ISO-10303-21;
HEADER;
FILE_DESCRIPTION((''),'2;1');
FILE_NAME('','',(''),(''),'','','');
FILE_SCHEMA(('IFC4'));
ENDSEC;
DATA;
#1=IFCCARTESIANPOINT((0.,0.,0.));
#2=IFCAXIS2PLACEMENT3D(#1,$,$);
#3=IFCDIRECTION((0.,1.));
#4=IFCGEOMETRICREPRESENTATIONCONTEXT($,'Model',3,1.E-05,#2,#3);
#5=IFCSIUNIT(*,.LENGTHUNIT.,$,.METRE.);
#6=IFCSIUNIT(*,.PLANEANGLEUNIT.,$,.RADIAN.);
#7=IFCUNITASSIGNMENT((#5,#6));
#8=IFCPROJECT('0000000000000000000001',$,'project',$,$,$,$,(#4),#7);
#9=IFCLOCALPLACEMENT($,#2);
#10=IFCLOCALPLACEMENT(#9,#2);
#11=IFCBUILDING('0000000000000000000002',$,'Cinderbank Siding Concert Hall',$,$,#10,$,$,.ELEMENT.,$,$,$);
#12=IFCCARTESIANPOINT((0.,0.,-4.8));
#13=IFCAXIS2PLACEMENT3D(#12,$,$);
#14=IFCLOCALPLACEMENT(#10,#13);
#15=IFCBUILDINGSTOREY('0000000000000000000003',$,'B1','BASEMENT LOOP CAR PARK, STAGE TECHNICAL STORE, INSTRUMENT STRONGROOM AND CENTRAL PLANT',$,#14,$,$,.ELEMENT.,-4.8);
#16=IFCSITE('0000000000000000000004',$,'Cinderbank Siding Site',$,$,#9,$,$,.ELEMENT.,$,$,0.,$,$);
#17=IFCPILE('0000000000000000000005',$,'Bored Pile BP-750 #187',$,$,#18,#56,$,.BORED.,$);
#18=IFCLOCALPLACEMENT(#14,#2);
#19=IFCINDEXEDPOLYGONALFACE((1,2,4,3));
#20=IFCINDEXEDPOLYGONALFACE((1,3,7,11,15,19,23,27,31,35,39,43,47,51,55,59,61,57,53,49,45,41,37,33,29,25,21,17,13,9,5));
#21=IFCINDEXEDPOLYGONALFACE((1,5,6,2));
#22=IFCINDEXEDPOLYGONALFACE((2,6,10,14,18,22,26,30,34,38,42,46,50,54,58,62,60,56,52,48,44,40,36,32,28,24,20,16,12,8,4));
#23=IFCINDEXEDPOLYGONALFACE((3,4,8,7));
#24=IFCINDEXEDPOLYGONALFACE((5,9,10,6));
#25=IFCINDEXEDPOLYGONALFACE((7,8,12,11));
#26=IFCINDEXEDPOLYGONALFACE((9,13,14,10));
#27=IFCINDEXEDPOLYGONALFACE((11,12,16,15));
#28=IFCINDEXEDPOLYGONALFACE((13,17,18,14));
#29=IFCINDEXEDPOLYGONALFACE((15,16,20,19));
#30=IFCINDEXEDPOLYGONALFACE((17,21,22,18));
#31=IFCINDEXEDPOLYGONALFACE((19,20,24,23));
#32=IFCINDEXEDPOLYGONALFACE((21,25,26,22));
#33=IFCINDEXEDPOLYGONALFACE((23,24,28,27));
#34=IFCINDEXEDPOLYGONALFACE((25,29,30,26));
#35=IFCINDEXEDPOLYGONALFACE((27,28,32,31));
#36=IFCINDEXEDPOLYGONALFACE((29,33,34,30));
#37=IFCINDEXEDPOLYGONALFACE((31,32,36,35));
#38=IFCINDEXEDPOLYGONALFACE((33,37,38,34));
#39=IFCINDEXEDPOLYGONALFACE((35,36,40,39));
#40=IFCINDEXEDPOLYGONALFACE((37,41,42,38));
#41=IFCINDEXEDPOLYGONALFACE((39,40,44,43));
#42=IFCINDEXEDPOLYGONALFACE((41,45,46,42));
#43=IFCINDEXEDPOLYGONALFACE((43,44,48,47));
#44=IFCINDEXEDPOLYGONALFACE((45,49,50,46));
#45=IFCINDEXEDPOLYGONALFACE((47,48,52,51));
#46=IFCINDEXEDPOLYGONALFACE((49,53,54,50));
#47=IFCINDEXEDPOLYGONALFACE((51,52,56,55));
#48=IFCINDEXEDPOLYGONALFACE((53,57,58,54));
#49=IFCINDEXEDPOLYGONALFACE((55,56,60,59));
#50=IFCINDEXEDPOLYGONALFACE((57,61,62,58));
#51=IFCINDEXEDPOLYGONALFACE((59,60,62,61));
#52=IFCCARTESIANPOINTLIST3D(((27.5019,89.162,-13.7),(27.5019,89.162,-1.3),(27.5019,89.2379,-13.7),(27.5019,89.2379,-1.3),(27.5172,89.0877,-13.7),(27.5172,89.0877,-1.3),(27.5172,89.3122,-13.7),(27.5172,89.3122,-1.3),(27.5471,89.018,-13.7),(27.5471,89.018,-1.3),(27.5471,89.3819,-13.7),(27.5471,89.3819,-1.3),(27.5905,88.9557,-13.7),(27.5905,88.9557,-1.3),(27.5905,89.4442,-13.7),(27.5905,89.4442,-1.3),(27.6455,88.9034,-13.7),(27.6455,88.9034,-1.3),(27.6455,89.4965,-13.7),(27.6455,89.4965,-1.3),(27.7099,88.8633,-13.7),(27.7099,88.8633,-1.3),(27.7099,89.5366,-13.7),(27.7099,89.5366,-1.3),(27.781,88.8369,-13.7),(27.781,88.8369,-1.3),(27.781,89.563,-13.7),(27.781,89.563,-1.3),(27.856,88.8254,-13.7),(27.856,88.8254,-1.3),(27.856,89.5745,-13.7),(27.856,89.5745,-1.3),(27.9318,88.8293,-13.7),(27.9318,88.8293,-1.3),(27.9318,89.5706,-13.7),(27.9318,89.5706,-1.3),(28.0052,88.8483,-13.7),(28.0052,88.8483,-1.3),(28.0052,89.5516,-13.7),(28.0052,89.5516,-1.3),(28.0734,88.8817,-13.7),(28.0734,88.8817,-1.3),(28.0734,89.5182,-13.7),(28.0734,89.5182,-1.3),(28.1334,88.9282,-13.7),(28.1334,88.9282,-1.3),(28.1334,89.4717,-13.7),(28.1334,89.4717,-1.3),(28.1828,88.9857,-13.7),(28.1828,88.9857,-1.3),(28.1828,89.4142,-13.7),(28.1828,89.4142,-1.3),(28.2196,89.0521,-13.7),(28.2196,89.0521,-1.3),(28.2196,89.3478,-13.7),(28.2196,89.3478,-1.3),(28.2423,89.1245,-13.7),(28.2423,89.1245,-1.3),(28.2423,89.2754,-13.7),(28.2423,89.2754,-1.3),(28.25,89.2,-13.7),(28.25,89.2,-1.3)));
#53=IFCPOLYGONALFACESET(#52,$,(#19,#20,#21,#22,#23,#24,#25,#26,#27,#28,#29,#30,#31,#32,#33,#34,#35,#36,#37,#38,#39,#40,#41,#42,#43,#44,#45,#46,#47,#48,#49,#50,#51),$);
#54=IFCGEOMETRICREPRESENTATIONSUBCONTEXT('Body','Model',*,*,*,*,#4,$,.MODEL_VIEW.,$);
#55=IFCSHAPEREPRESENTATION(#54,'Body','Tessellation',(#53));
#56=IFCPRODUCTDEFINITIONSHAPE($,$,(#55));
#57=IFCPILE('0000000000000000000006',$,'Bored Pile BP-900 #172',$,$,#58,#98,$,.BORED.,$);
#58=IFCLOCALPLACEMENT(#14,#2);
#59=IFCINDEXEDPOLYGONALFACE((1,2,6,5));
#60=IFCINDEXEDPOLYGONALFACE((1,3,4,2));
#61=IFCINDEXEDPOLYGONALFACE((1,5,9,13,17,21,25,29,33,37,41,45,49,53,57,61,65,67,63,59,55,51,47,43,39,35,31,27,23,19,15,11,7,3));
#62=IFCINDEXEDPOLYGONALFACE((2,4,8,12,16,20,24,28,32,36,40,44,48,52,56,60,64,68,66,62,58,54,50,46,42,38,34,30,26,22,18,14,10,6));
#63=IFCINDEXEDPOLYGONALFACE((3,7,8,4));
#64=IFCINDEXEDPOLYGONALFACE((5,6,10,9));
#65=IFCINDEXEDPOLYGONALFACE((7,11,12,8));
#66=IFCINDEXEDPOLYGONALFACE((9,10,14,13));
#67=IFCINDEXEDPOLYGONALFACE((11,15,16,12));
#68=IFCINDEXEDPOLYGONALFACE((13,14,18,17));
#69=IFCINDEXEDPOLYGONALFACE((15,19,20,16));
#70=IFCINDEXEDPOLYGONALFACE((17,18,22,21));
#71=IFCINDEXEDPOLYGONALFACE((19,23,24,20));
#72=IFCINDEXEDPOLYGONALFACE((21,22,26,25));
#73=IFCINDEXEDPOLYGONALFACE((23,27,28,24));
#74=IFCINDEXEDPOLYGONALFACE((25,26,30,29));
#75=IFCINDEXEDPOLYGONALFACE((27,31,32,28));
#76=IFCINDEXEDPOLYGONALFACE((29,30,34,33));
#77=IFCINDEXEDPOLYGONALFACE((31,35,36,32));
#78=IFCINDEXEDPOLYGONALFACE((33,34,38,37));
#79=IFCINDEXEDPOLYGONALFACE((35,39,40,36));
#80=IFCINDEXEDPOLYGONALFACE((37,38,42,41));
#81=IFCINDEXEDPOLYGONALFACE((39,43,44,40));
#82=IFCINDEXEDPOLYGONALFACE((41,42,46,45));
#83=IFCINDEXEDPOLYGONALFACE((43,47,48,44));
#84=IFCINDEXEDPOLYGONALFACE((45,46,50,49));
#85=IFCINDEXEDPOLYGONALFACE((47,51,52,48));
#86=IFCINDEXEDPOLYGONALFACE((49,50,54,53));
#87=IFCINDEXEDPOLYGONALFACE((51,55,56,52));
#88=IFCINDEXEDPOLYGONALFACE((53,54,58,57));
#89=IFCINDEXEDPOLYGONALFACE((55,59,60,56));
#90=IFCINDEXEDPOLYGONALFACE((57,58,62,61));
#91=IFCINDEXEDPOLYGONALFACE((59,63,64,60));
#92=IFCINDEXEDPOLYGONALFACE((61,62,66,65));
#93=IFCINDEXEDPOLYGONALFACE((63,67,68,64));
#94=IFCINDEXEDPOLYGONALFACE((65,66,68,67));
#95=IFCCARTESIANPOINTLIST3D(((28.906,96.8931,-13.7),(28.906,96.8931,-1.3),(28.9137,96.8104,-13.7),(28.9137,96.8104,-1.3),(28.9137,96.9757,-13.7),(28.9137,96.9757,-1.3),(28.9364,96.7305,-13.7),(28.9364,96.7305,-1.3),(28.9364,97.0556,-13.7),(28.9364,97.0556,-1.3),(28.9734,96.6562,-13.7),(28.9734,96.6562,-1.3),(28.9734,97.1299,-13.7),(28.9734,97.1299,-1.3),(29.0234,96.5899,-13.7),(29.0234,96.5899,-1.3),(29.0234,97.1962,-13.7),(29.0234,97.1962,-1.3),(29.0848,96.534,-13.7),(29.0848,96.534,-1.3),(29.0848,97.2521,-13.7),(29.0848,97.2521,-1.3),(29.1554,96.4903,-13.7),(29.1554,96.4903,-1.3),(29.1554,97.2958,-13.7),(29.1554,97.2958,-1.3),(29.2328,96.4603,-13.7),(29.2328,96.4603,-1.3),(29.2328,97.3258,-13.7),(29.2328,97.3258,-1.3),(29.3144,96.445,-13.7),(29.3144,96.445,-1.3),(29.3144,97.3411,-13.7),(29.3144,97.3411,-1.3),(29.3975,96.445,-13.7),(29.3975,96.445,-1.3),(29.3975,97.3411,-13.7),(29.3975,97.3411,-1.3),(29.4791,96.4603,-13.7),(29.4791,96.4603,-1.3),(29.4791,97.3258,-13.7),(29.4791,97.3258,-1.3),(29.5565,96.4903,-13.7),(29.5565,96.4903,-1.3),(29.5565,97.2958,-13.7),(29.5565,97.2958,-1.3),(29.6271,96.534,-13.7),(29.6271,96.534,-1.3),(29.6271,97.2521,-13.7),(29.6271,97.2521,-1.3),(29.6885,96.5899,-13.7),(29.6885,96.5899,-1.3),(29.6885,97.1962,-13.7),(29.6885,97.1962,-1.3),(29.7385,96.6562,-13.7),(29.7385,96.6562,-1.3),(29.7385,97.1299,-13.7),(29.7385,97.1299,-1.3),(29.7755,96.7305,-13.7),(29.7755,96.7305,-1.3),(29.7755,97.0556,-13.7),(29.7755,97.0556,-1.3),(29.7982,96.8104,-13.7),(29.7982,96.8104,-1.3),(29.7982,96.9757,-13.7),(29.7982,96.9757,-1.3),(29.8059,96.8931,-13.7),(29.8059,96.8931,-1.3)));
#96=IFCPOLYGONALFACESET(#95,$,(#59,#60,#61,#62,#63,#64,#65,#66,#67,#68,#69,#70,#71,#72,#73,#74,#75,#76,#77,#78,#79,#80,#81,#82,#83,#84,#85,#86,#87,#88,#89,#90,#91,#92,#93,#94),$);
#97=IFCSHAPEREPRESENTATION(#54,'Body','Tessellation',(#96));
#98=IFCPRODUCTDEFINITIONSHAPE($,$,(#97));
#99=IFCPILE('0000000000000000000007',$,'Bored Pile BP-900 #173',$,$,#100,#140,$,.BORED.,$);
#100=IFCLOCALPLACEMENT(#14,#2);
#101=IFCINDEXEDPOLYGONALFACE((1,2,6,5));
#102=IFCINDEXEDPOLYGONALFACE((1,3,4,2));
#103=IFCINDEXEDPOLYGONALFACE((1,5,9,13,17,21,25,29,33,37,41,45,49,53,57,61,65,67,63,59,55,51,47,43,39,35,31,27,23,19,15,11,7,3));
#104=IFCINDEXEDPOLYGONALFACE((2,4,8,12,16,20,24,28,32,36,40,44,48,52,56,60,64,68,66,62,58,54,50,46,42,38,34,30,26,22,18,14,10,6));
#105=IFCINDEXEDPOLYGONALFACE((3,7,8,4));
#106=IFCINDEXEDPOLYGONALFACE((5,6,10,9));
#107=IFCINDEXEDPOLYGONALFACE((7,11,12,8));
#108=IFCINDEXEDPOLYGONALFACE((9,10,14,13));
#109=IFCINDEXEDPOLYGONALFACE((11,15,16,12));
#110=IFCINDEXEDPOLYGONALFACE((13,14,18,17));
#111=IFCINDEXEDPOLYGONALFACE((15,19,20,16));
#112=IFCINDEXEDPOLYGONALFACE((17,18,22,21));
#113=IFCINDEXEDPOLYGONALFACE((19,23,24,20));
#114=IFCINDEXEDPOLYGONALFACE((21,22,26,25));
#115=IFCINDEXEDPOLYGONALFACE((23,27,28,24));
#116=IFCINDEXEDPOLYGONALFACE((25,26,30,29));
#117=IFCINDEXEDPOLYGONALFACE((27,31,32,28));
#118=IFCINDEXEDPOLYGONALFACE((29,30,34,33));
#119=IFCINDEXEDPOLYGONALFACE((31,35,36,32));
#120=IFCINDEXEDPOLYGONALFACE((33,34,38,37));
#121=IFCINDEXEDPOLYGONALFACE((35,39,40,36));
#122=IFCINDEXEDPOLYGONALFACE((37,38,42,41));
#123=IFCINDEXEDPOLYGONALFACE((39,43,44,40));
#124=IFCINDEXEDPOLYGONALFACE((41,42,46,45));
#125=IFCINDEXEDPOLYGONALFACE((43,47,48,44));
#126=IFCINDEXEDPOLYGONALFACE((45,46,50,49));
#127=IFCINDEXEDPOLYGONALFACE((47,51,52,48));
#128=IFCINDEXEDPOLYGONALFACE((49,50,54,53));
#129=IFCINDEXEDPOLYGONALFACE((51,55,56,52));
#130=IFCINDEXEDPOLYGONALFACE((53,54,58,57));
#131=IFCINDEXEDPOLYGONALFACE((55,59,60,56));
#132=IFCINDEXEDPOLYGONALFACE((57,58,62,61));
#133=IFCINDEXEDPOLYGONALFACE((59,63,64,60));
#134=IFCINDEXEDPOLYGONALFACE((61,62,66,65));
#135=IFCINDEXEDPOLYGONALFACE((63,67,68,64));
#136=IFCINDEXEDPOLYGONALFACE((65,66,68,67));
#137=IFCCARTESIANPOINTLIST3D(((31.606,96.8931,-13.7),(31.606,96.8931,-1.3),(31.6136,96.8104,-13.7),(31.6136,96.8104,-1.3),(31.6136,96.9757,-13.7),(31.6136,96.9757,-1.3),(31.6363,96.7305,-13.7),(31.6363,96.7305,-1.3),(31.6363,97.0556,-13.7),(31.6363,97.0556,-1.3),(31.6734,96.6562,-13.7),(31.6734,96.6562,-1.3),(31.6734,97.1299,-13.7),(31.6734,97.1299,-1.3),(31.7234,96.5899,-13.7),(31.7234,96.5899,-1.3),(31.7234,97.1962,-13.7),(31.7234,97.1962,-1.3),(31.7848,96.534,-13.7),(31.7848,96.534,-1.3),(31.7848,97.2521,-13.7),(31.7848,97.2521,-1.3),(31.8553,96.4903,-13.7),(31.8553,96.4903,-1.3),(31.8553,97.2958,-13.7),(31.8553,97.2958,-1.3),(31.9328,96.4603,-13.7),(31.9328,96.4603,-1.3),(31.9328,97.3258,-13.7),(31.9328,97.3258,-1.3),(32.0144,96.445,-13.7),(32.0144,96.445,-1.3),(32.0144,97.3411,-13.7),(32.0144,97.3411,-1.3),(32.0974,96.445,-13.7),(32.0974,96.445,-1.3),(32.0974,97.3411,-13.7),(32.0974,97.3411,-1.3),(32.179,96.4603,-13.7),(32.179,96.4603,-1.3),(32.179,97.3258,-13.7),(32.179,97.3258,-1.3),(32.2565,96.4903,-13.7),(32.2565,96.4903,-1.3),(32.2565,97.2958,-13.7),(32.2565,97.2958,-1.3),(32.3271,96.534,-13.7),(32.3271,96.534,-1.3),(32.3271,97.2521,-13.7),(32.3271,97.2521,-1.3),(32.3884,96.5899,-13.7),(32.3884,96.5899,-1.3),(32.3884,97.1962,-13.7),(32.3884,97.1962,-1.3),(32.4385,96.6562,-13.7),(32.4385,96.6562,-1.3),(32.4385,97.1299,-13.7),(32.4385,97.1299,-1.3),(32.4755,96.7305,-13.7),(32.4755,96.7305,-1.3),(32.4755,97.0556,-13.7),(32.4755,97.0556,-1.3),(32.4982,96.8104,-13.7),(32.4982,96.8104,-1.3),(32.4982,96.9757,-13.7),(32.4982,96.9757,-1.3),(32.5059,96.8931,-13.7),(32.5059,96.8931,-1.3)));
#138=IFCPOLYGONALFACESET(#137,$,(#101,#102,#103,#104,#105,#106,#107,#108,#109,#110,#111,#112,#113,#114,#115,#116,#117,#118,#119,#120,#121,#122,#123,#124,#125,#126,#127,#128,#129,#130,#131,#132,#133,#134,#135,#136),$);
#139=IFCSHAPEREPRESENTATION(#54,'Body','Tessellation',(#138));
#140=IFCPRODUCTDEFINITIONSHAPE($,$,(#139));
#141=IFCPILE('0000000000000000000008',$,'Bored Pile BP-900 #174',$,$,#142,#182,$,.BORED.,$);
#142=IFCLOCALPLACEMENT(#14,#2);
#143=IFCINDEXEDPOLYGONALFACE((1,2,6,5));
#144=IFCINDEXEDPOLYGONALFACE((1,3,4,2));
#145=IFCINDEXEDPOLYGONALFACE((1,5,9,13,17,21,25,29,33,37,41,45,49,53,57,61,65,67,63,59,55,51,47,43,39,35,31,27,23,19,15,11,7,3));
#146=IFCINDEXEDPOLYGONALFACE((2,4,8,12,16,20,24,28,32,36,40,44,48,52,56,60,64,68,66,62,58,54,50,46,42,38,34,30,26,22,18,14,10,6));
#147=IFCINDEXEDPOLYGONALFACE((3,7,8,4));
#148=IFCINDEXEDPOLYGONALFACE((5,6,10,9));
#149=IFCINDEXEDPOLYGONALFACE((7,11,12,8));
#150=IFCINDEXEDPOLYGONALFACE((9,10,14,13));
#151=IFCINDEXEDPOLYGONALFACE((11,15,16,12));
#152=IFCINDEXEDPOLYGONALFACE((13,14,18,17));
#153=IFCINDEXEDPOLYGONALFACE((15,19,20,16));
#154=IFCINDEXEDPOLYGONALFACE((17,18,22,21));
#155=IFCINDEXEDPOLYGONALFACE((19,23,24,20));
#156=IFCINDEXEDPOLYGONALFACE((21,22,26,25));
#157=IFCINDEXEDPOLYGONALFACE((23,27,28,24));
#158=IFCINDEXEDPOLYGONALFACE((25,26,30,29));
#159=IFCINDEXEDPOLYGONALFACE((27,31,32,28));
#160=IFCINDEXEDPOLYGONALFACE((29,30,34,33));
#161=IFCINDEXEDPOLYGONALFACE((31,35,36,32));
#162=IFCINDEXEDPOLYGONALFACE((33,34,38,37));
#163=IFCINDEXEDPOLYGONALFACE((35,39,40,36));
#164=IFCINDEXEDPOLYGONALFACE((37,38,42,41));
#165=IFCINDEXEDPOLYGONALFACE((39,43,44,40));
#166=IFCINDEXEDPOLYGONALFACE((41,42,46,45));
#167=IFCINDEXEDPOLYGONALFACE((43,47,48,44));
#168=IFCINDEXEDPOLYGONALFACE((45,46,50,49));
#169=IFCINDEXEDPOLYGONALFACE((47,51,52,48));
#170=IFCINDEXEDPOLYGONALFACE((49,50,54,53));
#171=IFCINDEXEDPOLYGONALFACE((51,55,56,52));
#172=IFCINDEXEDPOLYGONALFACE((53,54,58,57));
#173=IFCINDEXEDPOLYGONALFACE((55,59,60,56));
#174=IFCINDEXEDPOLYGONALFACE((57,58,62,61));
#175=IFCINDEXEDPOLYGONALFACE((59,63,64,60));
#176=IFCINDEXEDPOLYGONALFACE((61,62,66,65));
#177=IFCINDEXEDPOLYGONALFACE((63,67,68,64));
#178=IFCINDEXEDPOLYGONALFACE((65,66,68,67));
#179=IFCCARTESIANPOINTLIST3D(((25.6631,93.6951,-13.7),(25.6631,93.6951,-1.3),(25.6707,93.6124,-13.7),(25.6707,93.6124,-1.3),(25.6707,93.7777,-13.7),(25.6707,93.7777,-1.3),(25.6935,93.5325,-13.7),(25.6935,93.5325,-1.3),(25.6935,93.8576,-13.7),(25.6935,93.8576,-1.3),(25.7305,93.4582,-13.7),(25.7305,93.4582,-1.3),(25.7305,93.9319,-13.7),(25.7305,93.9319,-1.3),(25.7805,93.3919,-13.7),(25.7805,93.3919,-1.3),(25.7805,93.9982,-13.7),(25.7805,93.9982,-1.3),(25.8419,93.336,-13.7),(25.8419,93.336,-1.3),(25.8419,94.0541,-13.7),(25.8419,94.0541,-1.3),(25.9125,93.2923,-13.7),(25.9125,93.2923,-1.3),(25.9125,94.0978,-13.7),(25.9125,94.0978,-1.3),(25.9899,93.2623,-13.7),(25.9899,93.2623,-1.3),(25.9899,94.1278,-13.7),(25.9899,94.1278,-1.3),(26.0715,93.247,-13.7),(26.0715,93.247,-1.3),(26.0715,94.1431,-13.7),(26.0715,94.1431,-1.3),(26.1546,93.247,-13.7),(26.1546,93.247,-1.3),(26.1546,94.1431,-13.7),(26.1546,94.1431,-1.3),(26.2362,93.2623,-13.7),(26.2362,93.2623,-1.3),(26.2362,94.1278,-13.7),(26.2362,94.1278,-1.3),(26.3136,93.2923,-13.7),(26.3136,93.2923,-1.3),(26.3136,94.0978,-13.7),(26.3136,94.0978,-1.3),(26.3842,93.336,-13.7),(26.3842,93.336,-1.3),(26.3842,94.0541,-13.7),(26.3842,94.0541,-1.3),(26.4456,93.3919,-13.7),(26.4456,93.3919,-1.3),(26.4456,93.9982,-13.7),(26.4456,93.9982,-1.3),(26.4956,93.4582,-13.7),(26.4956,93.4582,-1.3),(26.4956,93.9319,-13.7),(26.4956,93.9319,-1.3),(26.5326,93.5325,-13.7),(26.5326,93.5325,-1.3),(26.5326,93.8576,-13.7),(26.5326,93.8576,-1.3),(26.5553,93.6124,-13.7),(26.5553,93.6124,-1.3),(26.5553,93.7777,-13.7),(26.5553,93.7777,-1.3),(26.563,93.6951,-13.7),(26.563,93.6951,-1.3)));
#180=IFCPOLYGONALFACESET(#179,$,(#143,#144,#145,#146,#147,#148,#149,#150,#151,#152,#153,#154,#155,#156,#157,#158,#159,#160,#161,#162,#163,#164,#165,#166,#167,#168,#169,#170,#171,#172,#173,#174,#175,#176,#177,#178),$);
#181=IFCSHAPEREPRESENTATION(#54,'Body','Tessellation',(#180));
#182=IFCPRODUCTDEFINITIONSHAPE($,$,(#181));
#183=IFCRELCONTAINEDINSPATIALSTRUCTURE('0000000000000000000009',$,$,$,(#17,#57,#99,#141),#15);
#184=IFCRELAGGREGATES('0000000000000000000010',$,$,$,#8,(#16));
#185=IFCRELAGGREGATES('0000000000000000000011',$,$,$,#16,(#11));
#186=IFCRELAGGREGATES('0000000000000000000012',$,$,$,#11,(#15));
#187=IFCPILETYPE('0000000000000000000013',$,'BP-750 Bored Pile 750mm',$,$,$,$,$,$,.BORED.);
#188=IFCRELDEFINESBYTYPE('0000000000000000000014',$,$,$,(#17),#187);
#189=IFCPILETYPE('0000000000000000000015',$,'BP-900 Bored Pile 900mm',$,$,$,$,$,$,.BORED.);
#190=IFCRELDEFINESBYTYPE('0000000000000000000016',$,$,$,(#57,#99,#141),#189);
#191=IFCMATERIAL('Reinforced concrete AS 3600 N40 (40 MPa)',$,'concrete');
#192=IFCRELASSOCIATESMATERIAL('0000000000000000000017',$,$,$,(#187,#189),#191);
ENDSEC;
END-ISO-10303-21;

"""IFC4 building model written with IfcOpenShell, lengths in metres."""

from ifc_helpers import new_model, si_unit, direction, frame, origin, origin_2d, place, context, subcontext, project, spatial, circle, extrude, material, material_profile, profile_set, type_object, element, save


model = new_model("IFC4")

# Units and contexts
model_context = context("Model", 3, precision=1e-05, world=origin(), true_north=direction((0.0, 1.0)))
body_context = subcontext(model_context, "Body", "Model", "MODEL_VIEW")
ifc_project = project(units=[si_unit("LENGTHUNIT", "METRE"), si_unit("PLANEANGLEUNIT", "RADIAN")], contexts=[model_context])

# Site, building, storey
site_placement = place(None, origin())
site = spatial("IfcSite", under=ifc_project, at=site_placement, Name="Cinderbank Siding Site", CompositionType="ELEMENT", RefElevation=0.0)
building_placement = place(site_placement, origin())
building = spatial("IfcBuilding", under=site, at=building_placement, Name="Cinderbank Siding Concert Hall", CompositionType="ELEMENT")
storey_placement = place(building_placement, frame((0.0, 0.0, -4.8)))
storey = spatial("IfcBuildingStorey", under=building, at=storey_placement, Name="B1", Description="BASEMENT LOOP CAR PARK, STAGE TECHNICAL STORE, INSTRUMENT STRONGROOM AND CENTRAL PLANT", CompositionType="ELEMENT", Elevation=-4.8)

# Piles
ifc_material_1 = material(Name="Reinforced concrete AS 3600 N40 (40 MPa)", Category="concrete")
ifc_material_profile_1 = material_profile(ifc_material_1, circle(Radius=0.375, at=origin_2d()), Name="PILE-750DIA", Category="LoadBearing")
ifc_profile_set_1 = profile_set([ifc_material_profile_1], Name="Reinforced concrete AS 3600 N40 (40 MPa)")
pile_type_1 = type_object("IfcPileType", Name="BP-750 Bored Pile 750mm", PredefinedType="BORED", material=ifc_profile_set_1)
pile_placement = place(storey_placement, frame((27.875, 89.2, -1.3), z_axis=(0.0, 0.0, -1.0), x_axis=(1.0, 0.0, 0.0)))
element("IfcPile", 1, at=pile_placement, inside=storey, type_object=pile_type_1, Name="Bored Pile BP-750 #187", PredefinedType="BORED", context=body_context, shape_type="SweptSolid", body=[
    extrude(circle(Radius=0.375, at=origin_2d()), origin(), (0.0, 0.0, 1.0), 12.3999),
])
ifc_material_profile_2 = material_profile(ifc_material_1, circle(Radius=0.45, at=origin_2d()), Name="PILE-900DIA", Category="LoadBearing")
ifc_profile_set_2 = profile_set([ifc_material_profile_2], Name="Reinforced concrete AS 3600 N40 (40 MPa)")
pile_type_2 = type_object("IfcPileType", Name="BP-900 Bored Pile 900mm", PredefinedType="BORED", material=ifc_profile_set_2)
for number, where, z_axis, x_axis, name in (
    (2, (29.356, 96.8931, -1.3), (0.0, 0.0, -1.0), (1.0, 0.0, 0.0), "Bored Pile BP-900 #172"),
    (3, (32.0559, 96.8931, -1.3), (0.0, 0.0, -1.0), (1.0, 0.0, 0.0), "Bored Pile BP-900 #173"),
    (4, (26.113, 93.6951, -1.3), (0.0, 0.0, -1.0), (1.0, 0.0, 0.0), "Bored Pile BP-900 #174"),
):
    element("IfcPile", number, at=place(storey_placement, frame(where, z_axis=z_axis, x_axis=x_axis)), inside=storey, type_object=pile_type_2, Name=name, PredefinedType="BORED", context=body_context, shape_type="SweptSolid", body=[
        extrude(circle(Radius=0.45, at=origin_2d()), origin(), (0.0, 0.0, 1.0), 12.3999),
    ])

save(model, "model.ifc")
